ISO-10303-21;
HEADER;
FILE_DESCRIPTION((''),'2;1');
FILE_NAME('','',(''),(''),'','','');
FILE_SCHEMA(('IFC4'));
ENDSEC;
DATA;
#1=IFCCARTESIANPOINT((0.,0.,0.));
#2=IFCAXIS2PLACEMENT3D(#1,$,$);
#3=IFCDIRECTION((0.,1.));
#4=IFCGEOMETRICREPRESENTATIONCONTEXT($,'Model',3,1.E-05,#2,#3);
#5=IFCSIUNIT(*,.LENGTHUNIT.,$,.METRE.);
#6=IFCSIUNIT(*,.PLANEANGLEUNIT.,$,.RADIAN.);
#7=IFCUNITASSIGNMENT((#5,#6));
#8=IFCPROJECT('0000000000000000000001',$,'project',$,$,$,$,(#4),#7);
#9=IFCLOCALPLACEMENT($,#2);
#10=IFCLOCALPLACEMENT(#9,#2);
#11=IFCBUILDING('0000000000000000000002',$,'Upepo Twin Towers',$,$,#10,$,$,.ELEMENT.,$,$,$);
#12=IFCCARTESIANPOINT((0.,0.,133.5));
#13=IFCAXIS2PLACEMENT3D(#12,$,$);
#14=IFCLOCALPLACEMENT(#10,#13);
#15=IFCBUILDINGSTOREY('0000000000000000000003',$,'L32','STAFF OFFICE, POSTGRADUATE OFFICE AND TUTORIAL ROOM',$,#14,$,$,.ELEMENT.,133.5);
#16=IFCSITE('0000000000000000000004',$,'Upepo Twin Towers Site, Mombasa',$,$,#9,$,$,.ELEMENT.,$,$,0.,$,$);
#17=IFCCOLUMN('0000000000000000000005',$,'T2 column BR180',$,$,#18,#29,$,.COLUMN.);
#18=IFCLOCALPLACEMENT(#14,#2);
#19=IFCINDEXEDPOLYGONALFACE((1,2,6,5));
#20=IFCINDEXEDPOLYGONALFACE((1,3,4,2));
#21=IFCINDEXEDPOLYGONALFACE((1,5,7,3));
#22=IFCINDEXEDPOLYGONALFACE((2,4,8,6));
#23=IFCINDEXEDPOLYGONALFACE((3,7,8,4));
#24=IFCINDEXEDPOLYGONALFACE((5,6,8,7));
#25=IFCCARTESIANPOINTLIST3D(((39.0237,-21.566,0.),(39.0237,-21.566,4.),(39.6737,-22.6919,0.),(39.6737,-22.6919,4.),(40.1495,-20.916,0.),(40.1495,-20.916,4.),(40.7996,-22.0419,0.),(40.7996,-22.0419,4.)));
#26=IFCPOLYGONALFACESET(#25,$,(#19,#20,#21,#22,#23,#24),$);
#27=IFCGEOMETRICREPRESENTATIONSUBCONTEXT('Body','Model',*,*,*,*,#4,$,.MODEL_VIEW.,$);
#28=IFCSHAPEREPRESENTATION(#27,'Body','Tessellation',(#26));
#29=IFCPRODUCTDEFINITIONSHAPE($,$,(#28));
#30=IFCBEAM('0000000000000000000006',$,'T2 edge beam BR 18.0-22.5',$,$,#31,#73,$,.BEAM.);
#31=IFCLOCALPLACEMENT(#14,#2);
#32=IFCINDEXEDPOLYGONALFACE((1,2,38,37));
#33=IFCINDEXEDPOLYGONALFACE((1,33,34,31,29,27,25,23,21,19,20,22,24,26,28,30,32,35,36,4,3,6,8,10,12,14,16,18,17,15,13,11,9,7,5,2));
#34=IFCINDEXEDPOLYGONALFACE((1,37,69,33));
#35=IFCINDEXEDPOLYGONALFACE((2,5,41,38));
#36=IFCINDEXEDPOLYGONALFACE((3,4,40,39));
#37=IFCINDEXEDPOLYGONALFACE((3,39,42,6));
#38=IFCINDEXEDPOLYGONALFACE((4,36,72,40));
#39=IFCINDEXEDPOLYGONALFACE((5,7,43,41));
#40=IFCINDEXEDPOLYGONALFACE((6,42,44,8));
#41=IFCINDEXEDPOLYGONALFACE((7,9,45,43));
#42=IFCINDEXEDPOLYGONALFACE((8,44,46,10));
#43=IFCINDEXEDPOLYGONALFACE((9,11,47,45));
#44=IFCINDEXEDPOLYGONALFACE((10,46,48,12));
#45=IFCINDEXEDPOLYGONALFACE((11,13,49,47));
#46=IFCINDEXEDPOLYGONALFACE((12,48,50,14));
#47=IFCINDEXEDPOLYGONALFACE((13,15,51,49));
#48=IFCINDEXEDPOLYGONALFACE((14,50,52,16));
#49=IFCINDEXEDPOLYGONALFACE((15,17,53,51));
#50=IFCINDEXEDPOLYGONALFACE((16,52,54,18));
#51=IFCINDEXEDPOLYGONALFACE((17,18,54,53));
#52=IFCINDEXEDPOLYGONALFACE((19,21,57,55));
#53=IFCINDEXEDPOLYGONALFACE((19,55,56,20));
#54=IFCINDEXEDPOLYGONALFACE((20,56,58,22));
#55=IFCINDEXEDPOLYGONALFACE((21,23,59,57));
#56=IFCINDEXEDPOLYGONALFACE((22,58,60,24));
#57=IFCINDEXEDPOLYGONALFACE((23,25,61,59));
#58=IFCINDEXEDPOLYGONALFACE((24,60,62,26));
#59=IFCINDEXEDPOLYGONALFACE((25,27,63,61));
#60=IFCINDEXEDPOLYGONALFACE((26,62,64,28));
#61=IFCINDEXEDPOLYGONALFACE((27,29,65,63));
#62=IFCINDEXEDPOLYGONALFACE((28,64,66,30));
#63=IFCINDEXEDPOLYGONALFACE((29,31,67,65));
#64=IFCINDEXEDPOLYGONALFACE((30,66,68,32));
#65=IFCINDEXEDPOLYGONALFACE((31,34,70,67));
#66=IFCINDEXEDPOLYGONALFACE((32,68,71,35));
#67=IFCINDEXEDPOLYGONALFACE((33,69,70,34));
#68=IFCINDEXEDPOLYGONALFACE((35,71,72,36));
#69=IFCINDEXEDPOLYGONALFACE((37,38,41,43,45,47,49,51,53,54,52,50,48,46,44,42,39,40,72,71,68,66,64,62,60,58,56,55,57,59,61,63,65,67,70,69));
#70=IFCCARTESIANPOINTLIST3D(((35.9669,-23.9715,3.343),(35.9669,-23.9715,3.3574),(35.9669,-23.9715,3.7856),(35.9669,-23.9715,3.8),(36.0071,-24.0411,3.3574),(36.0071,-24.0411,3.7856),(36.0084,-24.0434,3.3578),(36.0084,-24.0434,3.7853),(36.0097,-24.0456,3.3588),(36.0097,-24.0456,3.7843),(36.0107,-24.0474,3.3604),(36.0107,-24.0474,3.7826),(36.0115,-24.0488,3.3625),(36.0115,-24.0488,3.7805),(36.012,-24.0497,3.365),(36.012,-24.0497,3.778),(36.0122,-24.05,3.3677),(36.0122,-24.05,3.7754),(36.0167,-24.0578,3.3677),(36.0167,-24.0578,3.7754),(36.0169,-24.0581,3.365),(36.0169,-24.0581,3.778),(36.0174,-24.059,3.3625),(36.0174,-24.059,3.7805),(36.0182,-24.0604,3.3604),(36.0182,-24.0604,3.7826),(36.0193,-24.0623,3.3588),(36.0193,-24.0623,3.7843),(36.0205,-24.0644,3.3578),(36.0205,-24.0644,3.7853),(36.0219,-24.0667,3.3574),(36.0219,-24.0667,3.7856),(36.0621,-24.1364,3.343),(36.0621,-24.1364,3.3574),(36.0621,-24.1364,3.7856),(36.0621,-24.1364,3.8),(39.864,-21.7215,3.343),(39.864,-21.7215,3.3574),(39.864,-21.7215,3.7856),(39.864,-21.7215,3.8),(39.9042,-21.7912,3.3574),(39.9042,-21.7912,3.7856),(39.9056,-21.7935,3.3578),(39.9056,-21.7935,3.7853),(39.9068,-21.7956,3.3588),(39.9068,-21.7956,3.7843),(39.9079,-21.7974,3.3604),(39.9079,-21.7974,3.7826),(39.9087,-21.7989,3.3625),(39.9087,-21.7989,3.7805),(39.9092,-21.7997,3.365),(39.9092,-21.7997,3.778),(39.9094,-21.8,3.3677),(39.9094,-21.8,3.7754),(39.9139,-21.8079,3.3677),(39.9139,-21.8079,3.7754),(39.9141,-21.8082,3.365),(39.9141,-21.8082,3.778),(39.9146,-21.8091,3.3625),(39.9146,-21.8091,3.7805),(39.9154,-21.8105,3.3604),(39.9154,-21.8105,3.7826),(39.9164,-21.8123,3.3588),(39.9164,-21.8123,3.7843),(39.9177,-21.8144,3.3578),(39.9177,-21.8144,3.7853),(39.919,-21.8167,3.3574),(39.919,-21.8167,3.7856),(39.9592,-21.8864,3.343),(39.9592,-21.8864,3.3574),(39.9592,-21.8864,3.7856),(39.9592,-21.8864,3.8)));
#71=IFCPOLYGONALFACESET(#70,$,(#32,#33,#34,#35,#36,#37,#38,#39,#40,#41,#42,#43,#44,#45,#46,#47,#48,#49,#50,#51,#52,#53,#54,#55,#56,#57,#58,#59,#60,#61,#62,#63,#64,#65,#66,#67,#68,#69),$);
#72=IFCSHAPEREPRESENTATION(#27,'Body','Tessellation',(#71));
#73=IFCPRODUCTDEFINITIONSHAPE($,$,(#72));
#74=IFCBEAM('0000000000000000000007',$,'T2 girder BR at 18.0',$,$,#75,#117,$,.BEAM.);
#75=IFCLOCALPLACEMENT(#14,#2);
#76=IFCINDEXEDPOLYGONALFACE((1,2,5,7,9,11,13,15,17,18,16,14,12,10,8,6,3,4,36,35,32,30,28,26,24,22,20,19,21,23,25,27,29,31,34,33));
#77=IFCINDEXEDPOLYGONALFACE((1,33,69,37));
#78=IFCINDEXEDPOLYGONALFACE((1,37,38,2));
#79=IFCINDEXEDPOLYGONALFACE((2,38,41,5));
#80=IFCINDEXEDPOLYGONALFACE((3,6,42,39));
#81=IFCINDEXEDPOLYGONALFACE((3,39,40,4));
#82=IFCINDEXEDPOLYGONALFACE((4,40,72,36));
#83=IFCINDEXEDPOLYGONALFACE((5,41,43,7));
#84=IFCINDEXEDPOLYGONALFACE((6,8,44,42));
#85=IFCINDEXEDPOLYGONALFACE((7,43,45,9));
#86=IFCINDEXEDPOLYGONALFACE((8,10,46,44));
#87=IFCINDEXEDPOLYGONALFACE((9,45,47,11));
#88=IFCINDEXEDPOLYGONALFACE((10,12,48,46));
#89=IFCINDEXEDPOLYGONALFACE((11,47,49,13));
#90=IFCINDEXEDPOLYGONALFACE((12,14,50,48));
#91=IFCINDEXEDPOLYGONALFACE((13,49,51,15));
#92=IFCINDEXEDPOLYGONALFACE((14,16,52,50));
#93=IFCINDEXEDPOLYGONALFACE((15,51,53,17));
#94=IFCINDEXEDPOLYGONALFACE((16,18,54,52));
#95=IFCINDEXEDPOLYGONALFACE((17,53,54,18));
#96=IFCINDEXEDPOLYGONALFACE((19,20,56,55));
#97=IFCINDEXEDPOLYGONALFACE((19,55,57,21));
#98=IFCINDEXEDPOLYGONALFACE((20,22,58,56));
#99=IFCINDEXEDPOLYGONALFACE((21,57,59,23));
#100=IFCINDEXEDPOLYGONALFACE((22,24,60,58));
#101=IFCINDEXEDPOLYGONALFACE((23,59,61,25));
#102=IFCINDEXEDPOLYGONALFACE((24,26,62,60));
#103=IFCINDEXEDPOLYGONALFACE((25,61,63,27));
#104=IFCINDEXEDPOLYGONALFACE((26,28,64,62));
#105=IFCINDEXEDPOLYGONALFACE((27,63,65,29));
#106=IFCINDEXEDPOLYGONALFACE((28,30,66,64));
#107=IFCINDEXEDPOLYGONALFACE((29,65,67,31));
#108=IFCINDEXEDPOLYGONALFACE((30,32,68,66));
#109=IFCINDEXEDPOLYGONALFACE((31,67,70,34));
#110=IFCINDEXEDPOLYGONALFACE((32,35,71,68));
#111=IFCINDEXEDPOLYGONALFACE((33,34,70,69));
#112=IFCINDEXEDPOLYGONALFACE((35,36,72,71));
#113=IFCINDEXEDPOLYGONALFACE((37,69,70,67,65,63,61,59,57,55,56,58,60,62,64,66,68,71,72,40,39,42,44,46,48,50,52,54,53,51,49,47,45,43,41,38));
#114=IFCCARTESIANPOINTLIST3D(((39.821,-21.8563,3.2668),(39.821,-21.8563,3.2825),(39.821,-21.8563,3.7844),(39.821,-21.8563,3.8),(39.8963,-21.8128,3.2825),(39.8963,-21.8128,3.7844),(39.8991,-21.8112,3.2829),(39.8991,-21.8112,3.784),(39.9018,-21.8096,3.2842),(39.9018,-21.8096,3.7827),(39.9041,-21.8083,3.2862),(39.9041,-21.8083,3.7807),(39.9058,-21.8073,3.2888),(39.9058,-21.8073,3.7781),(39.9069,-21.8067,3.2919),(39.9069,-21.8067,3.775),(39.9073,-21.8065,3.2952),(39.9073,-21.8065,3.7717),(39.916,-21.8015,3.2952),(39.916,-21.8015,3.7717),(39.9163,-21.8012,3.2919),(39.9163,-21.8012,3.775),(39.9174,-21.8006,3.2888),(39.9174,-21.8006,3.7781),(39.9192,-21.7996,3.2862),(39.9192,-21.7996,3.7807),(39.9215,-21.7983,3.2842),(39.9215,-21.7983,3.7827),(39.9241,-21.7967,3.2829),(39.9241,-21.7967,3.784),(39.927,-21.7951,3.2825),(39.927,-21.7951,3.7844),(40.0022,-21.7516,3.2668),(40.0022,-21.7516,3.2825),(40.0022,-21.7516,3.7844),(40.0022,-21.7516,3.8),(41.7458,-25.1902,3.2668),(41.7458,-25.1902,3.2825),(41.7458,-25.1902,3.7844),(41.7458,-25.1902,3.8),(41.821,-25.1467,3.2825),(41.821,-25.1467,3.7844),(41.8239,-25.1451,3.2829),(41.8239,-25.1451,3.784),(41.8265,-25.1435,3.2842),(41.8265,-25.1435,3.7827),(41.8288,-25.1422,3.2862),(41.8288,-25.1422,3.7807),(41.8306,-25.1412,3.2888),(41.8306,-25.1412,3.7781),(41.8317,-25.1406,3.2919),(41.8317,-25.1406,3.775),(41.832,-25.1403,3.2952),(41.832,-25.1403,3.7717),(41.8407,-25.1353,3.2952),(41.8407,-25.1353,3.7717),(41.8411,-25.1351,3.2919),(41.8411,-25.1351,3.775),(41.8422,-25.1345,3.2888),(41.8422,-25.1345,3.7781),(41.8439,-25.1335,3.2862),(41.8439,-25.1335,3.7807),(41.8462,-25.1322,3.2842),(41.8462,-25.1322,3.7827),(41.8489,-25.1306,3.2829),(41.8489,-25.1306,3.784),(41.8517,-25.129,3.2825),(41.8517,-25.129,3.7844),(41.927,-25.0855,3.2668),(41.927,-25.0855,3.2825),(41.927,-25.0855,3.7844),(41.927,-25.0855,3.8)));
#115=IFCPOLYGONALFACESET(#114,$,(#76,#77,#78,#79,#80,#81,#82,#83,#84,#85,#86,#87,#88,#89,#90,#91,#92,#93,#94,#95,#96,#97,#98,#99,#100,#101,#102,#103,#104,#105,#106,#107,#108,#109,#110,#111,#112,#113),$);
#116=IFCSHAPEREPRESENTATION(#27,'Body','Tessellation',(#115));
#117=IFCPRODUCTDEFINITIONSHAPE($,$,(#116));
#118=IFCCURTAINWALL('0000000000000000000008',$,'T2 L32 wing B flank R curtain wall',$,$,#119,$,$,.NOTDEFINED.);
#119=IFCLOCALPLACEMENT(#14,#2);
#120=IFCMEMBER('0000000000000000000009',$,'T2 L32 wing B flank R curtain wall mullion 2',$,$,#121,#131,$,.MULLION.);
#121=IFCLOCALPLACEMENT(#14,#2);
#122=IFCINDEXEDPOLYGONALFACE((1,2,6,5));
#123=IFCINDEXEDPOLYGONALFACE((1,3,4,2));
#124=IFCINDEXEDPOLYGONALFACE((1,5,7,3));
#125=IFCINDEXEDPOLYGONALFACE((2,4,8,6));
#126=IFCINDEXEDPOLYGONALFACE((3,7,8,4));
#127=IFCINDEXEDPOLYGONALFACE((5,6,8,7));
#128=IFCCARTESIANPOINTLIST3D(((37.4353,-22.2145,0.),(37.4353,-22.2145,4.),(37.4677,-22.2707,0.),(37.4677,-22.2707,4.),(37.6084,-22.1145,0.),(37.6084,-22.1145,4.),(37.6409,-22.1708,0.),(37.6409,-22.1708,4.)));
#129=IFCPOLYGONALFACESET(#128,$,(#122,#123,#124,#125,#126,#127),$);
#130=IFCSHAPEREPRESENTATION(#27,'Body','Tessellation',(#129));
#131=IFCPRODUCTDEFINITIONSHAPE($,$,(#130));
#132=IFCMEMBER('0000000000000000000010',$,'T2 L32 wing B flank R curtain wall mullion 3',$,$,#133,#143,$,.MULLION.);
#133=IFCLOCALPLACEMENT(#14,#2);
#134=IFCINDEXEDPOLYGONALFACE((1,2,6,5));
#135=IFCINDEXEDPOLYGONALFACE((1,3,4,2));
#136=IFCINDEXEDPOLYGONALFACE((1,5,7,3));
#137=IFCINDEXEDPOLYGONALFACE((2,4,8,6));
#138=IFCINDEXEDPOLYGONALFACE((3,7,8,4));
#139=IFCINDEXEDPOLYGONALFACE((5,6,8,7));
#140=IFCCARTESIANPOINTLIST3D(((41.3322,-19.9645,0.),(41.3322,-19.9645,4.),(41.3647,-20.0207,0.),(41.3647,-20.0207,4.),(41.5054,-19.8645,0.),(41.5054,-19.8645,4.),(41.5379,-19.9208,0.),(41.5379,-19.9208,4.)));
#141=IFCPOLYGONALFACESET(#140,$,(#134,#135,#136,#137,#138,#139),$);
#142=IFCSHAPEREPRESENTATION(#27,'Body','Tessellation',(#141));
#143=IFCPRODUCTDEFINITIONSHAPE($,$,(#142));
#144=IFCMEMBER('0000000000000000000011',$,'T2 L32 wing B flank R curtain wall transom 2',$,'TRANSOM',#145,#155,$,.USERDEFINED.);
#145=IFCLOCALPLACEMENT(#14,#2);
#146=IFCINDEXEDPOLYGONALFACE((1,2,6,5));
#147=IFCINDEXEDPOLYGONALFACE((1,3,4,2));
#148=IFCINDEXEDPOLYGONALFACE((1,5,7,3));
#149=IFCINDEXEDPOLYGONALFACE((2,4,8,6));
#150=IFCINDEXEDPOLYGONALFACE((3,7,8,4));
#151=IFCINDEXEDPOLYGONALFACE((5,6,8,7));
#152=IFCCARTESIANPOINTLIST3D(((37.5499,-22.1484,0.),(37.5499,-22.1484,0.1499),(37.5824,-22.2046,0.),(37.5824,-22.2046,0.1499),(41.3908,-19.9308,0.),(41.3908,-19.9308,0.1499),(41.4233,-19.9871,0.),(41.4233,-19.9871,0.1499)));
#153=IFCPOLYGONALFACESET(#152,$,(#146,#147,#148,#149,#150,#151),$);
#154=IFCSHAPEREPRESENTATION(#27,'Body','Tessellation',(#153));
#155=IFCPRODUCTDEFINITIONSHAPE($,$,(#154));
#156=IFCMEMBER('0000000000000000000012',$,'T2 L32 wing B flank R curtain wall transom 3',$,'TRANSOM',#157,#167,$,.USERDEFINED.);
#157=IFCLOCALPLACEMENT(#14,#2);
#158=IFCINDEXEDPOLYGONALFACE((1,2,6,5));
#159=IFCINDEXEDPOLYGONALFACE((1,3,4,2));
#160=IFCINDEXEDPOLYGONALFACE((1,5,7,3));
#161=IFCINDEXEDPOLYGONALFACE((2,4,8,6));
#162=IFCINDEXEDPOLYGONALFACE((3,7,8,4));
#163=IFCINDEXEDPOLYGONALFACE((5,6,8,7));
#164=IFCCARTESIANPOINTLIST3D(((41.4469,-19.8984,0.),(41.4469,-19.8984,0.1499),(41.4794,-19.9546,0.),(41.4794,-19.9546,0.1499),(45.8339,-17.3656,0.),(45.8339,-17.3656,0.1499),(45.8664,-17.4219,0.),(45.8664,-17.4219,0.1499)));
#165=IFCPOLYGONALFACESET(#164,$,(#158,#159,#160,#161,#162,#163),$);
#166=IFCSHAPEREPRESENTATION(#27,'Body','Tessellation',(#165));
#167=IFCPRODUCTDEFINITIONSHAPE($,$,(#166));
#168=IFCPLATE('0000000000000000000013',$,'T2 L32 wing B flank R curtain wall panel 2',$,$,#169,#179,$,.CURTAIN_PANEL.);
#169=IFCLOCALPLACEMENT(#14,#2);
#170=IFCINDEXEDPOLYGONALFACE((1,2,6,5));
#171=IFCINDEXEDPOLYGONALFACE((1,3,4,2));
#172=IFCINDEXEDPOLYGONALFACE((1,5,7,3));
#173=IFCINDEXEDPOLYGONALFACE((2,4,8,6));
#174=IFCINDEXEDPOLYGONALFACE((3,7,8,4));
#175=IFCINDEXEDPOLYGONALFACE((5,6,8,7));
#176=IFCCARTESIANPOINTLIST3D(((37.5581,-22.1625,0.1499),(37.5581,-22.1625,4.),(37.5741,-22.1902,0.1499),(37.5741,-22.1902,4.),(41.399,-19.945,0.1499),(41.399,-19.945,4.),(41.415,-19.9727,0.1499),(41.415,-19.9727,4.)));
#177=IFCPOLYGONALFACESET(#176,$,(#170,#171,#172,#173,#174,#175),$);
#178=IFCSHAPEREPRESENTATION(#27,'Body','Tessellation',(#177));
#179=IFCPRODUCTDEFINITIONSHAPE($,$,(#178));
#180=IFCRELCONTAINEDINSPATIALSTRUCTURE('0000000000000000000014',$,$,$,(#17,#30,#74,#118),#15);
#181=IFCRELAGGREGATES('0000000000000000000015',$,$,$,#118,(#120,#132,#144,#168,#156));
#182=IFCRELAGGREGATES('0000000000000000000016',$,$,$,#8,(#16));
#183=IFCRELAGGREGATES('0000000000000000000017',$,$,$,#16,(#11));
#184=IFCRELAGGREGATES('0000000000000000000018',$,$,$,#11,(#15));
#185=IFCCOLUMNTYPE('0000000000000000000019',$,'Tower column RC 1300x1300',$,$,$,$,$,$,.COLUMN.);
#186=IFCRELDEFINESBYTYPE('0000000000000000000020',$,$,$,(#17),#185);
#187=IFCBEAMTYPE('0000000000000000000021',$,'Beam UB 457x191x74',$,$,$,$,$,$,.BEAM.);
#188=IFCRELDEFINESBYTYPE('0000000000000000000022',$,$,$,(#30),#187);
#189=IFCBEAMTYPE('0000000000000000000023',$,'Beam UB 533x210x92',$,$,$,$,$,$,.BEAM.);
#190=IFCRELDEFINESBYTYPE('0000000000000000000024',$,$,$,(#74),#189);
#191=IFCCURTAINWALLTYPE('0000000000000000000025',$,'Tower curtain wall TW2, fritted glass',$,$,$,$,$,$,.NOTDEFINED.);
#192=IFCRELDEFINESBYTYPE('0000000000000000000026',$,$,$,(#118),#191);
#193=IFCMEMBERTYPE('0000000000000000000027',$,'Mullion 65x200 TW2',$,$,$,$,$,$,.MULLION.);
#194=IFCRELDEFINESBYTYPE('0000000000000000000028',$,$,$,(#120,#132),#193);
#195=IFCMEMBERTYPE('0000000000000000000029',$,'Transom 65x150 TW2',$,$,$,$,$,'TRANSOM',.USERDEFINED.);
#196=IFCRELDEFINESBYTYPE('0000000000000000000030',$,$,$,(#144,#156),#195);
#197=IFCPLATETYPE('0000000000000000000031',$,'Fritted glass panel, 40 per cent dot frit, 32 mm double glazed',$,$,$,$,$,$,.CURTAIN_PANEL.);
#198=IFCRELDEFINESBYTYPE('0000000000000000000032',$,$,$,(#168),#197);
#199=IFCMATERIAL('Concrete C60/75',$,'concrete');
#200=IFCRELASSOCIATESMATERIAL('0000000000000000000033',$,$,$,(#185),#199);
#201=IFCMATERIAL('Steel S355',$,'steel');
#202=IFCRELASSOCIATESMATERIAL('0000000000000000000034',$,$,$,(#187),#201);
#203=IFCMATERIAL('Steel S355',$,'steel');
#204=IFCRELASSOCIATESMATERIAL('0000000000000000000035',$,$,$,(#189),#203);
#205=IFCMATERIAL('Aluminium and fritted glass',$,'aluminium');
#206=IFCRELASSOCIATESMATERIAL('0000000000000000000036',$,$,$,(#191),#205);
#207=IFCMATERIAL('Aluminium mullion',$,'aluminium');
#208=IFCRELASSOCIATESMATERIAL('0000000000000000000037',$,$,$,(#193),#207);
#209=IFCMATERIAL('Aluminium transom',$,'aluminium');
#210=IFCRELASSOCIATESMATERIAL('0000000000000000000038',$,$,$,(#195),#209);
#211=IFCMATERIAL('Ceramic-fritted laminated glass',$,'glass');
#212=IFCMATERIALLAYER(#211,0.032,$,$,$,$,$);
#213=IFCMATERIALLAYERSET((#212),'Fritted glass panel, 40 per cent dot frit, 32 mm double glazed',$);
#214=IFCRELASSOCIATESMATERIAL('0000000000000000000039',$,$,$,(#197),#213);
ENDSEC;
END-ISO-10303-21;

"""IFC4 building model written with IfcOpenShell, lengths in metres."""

from ifc_helpers import new_model, si_unit, direction, frame, origin, origin_2d, place, context, subcontext, project, spatial, rectangle, i_section, extrude, material, layer, layer_set, material_profile, profile_set, type_object, element, aggregate, save


model = new_model("IFC4")

# Units and contexts
model_context = context("Model", 3, precision=1e-05, world=origin(), true_north=direction((0.0, 1.0)))
body_context = subcontext(model_context, "Body", "Model", "MODEL_VIEW")
ifc_project = project(units=[si_unit("LENGTHUNIT", "METRE"), si_unit("PLANEANGLEUNIT", "RADIAN")], contexts=[model_context])

# Site, building, storey
site_placement = place(None, origin())
site = spatial("IfcSite", under=ifc_project, at=site_placement, Name="Upepo Twin Towers Site, Mombasa", CompositionType="ELEMENT", RefElevation=0.0)
building_placement = place(site_placement, origin())
building = spatial("IfcBuilding", under=site, at=building_placement, Name="Upepo Twin Towers", CompositionType="ELEMENT")
storey_placement = place(building_placement, frame((0.0, 0.0, 133.5)))
storey = spatial("IfcBuildingStorey", under=building, at=storey_placement, Name="L32", Description="STAFF OFFICE, POSTGRADUATE OFFICE AND TUTORIAL ROOM", CompositionType="ELEMENT", Elevation=133.5)

# Column
ifc_material_1 = material(Name="Concrete C60/75", Category="concrete")
ifc_material_profile_1 = material_profile(ifc_material_1, rectangle(XDim=1.3, YDim=1.3, at=origin_2d()), Name="RC 1300x1300")
ifc_profile_set_1 = profile_set([ifc_material_profile_1], Name="Concrete C60/75")
column_type = type_object("IfcColumnType", Name="Tower column RC 1300x1300", PredefinedType="COLUMN", material=ifc_profile_set_1)
column_placement = place(storey_placement, frame((39.9116, -21.804, 0.0), z_axis=(0.0, 0.0, 1.0), x_axis=(0.866025, 0.5, 0.0)))
element("IfcColumn", 1, at=column_placement, inside=storey, type_object=column_type, Name="T2 column BR180", PredefinedType="COLUMN", context=body_context, shape_type="SweptSolid", body=[
    extrude(rectangle(XDim=1.3, YDim=1.3, at=origin_2d()), origin(), (0.0, 0.0, 1.0), 4.0),
])

# Beams
ifc_material_2 = material(Name="Steel S355", Category="steel")
ifc_material_profile_2 = material_profile(ifc_material_2, i_section(OverallWidth=0.1904, OverallDepth=0.457, WebThickness=0.009, FlangeThickness=0.0144, FilletRadius=0.0103, at=origin_2d()), Name="UB 457x191x74")
ifc_profile_set_2 = profile_set([ifc_material_profile_2], Name="Steel S355")
beam_type_1 = type_object("IfcBeamType", Name="Beam UB 457x191x74", PredefinedType="BEAM", material=ifc_profile_set_2)
beam_1_placement = place(storey_placement, frame((39.9116, -21.804, 3.5715), z_axis=(-0.866031, -0.49999, 0.0), x_axis=(0.49999, -0.866031, 0.0)))
element("IfcBeam", 2, at=beam_1_placement, inside=storey, type_object=beam_type_1, Name="T2 edge beam BR 18.0-22.5", PredefinedType="BEAM", context=body_context, shape_type="SweptSolid", body=[
    extrude(i_section(OverallWidth=0.1904, OverallDepth=0.457, WebThickness=0.009, FlangeThickness=0.0144, FilletRadius=0.0103, at=origin_2d()), origin(), (0.0, 0.0, 1.0), 4.5),
])
ifc_material_3 = material(Name="Steel S355", Category="steel")
ifc_material_profile_3 = material_profile(ifc_material_3, i_section(OverallWidth=0.2092, OverallDepth=0.5332, WebThickness=0.01, FlangeThickness=0.0156, FilletRadius=0.0127, at=origin_2d()), Name="UB 533x210x92")
ifc_profile_set_3 = profile_set([ifc_material_profile_3], Name="Steel S355")
beam_type_2 = type_object("IfcBeamType", Name="Beam UB 533x210x92", PredefinedType="BEAM", material=ifc_profile_set_3)
beam_2_placement = place(storey_placement, frame((39.9116, -21.804, 3.5334), z_axis=(0.499986, -0.866034, 0.0), x_axis=(0.866034, 0.499986, 0.0)))
element("IfcBeam", 3, at=beam_2_placement, inside=storey, type_object=beam_type_2, Name="T2 girder BR at 18.0", PredefinedType="BEAM", context=body_context, shape_type="SweptSolid", body=[
    extrude(i_section(OverallWidth=0.2092, OverallDepth=0.5332, WebThickness=0.01, FlangeThickness=0.0156, FilletRadius=0.0127, at=origin_2d()), origin(), (0.0, 0.0, 1.0), 3.8496),
])

# Curtain wall, members, plate
ifc_material_4 = material(Name="Aluminium and fritted glass", Category="aluminium")
curtain_wall_type = type_object("IfcCurtainWallType", Name="Tower curtain wall TW2, fritted glass", PredefinedType="NOTDEFINED", material=ifc_material_4)
curtain_wall_placement = place(storey_placement, origin())
curtain_wall = element("IfcCurtainWall", 4, at=curtain_wall_placement, inside=storey, type_object=curtain_wall_type, Name="T2 L32 wing B flank R curtain wall", PredefinedType="NOTDEFINED")
ifc_material_5 = material(Name="Aluminium mullion", Category="aluminium")
ifc_material_profile_4 = material_profile(ifc_material_5, rectangle(XDim=0.0649, YDim=0.2, at=origin_2d()), Name="MULLION 65x200")
ifc_profile_set_4 = profile_set([ifc_material_profile_4], Name="Aluminium mullion")
member_type_1 = type_object("IfcMemberType", Name="Mullion 65x200 TW2", PredefinedType="MULLION", material=ifc_profile_set_4)
member_1_placement = place(storey_placement, frame((37.5381, -22.1926, 0.0), z_axis=(0.0, 0.0, 1.0), x_axis=(-0.5, 0.866025, 0.0)))
member_1 = element("IfcMember", 5, at=member_1_placement, type_object=member_type_1, Name="T2 L32 wing B flank R curtain wall mullion 2", PredefinedType="MULLION", context=body_context, shape_type="SweptSolid", body=[
    extrude(rectangle(XDim=0.0649, YDim=0.2, at=origin_2d()), origin(), (0.0, 0.0, 1.0), 4.0),
])
member_2_placement = place(storey_placement, frame((41.4351, -19.9426, 0.0), z_axis=(0.0, 0.0, 1.0), x_axis=(-0.5, 0.866025, 0.0)))
member_2 = element("IfcMember", 6, at=member_2_placement, type_object=member_type_1, Name="T2 L32 wing B flank R curtain wall mullion 3", PredefinedType="MULLION", context=body_context, shape_type="SweptSolid", body=[
    extrude(rectangle(XDim=0.0649, YDim=0.2, at=origin_2d()), origin(), (0.0, 0.0, 1.0), 4.0),
])
ifc_material_6 = material(Name="Aluminium transom", Category="aluminium")
ifc_material_profile_5 = material_profile(ifc_material_6, rectangle(XDim=0.0649, YDim=0.1499, at=origin_2d()), Name="TRANSOM 65x150")
ifc_profile_set_5 = profile_set([ifc_material_profile_5], Name="Aluminium transom")
member_type_2 = type_object("IfcMemberType", Name="Transom 65x150 TW2", ElementType="TRANSOM", PredefinedType="USERDEFINED", material=ifc_profile_set_5)
member_3_placement = place(storey_placement, frame((37.5662, -22.1765, 0.075), z_axis=(0.866022, 0.500005, 0.0), x_axis=(-0.500005, 0.866022, 0.0)))
member_3 = element("IfcMember", 7, at=member_3_placement, type_object=member_type_2, Name="T2 L32 wing B flank R curtain wall transom 2", ObjectType="TRANSOM", PredefinedType="USERDEFINED", context=body_context, shape_type="SweptSolid", body=[
    extrude(rectangle(XDim=0.0649, YDim=0.1499, at=origin_2d()), origin(), (0.0, 0.0, 1.0), 4.4351),
])
member_4_placement = place(storey_placement, frame((41.4631, -19.9265, 0.075), z_axis=(0.866034, 0.499985, 0.0), x_axis=(-0.499985, 0.866034, 0.0)))
member_4 = element("IfcMember", 8, at=member_4_placement, type_object=member_type_2, Name="T2 L32 wing B flank R curtain wall transom 3", ObjectType="TRANSOM", PredefinedType="USERDEFINED", context=body_context, shape_type="SweptSolid", body=[
    extrude(rectangle(XDim=0.0649, YDim=0.1499, at=origin_2d()), origin(), (0.0, 0.0, 1.0), 5.0657),
])
ifc_material_7 = material(Name="Ceramic-fritted laminated glass", Category="glass")
ifc_layer_1 = layer(ifc_material_7, 0.032)
ifc_layer_set_1 = layer_set([ifc_layer_1], Name="Fritted glass panel, 40 per cent dot frit, 32 mm double glazed")
plate_type = type_object("IfcPlateType", Name="Fritted glass panel, 40 per cent dot frit, 32 mm double glazed", PredefinedType="CURTAIN_PANEL", material=ifc_layer_set_1)
plate_placement = place(storey_placement, frame((39.4866, -21.0676, 0.1499), z_axis=(0.0, 0.0, 1.0), x_axis=(0.866025, 0.5, 0.0)))
plate = element("IfcPlate", 9, at=plate_placement, type_object=plate_type, Name="T2 L32 wing B flank R curtain wall panel 2", PredefinedType="CURTAIN_PANEL", context=body_context, shape_type="SweptSolid", body=[
    extrude(rectangle(XDim=4.4351, YDim=0.032, at=origin_2d()), origin(), (0.0, 0.0, 1.0), 3.8501),
])
aggregate(curtain_wall, [member_1, member_2, member_3, plate, member_4])

save(model, "model.ifc")
